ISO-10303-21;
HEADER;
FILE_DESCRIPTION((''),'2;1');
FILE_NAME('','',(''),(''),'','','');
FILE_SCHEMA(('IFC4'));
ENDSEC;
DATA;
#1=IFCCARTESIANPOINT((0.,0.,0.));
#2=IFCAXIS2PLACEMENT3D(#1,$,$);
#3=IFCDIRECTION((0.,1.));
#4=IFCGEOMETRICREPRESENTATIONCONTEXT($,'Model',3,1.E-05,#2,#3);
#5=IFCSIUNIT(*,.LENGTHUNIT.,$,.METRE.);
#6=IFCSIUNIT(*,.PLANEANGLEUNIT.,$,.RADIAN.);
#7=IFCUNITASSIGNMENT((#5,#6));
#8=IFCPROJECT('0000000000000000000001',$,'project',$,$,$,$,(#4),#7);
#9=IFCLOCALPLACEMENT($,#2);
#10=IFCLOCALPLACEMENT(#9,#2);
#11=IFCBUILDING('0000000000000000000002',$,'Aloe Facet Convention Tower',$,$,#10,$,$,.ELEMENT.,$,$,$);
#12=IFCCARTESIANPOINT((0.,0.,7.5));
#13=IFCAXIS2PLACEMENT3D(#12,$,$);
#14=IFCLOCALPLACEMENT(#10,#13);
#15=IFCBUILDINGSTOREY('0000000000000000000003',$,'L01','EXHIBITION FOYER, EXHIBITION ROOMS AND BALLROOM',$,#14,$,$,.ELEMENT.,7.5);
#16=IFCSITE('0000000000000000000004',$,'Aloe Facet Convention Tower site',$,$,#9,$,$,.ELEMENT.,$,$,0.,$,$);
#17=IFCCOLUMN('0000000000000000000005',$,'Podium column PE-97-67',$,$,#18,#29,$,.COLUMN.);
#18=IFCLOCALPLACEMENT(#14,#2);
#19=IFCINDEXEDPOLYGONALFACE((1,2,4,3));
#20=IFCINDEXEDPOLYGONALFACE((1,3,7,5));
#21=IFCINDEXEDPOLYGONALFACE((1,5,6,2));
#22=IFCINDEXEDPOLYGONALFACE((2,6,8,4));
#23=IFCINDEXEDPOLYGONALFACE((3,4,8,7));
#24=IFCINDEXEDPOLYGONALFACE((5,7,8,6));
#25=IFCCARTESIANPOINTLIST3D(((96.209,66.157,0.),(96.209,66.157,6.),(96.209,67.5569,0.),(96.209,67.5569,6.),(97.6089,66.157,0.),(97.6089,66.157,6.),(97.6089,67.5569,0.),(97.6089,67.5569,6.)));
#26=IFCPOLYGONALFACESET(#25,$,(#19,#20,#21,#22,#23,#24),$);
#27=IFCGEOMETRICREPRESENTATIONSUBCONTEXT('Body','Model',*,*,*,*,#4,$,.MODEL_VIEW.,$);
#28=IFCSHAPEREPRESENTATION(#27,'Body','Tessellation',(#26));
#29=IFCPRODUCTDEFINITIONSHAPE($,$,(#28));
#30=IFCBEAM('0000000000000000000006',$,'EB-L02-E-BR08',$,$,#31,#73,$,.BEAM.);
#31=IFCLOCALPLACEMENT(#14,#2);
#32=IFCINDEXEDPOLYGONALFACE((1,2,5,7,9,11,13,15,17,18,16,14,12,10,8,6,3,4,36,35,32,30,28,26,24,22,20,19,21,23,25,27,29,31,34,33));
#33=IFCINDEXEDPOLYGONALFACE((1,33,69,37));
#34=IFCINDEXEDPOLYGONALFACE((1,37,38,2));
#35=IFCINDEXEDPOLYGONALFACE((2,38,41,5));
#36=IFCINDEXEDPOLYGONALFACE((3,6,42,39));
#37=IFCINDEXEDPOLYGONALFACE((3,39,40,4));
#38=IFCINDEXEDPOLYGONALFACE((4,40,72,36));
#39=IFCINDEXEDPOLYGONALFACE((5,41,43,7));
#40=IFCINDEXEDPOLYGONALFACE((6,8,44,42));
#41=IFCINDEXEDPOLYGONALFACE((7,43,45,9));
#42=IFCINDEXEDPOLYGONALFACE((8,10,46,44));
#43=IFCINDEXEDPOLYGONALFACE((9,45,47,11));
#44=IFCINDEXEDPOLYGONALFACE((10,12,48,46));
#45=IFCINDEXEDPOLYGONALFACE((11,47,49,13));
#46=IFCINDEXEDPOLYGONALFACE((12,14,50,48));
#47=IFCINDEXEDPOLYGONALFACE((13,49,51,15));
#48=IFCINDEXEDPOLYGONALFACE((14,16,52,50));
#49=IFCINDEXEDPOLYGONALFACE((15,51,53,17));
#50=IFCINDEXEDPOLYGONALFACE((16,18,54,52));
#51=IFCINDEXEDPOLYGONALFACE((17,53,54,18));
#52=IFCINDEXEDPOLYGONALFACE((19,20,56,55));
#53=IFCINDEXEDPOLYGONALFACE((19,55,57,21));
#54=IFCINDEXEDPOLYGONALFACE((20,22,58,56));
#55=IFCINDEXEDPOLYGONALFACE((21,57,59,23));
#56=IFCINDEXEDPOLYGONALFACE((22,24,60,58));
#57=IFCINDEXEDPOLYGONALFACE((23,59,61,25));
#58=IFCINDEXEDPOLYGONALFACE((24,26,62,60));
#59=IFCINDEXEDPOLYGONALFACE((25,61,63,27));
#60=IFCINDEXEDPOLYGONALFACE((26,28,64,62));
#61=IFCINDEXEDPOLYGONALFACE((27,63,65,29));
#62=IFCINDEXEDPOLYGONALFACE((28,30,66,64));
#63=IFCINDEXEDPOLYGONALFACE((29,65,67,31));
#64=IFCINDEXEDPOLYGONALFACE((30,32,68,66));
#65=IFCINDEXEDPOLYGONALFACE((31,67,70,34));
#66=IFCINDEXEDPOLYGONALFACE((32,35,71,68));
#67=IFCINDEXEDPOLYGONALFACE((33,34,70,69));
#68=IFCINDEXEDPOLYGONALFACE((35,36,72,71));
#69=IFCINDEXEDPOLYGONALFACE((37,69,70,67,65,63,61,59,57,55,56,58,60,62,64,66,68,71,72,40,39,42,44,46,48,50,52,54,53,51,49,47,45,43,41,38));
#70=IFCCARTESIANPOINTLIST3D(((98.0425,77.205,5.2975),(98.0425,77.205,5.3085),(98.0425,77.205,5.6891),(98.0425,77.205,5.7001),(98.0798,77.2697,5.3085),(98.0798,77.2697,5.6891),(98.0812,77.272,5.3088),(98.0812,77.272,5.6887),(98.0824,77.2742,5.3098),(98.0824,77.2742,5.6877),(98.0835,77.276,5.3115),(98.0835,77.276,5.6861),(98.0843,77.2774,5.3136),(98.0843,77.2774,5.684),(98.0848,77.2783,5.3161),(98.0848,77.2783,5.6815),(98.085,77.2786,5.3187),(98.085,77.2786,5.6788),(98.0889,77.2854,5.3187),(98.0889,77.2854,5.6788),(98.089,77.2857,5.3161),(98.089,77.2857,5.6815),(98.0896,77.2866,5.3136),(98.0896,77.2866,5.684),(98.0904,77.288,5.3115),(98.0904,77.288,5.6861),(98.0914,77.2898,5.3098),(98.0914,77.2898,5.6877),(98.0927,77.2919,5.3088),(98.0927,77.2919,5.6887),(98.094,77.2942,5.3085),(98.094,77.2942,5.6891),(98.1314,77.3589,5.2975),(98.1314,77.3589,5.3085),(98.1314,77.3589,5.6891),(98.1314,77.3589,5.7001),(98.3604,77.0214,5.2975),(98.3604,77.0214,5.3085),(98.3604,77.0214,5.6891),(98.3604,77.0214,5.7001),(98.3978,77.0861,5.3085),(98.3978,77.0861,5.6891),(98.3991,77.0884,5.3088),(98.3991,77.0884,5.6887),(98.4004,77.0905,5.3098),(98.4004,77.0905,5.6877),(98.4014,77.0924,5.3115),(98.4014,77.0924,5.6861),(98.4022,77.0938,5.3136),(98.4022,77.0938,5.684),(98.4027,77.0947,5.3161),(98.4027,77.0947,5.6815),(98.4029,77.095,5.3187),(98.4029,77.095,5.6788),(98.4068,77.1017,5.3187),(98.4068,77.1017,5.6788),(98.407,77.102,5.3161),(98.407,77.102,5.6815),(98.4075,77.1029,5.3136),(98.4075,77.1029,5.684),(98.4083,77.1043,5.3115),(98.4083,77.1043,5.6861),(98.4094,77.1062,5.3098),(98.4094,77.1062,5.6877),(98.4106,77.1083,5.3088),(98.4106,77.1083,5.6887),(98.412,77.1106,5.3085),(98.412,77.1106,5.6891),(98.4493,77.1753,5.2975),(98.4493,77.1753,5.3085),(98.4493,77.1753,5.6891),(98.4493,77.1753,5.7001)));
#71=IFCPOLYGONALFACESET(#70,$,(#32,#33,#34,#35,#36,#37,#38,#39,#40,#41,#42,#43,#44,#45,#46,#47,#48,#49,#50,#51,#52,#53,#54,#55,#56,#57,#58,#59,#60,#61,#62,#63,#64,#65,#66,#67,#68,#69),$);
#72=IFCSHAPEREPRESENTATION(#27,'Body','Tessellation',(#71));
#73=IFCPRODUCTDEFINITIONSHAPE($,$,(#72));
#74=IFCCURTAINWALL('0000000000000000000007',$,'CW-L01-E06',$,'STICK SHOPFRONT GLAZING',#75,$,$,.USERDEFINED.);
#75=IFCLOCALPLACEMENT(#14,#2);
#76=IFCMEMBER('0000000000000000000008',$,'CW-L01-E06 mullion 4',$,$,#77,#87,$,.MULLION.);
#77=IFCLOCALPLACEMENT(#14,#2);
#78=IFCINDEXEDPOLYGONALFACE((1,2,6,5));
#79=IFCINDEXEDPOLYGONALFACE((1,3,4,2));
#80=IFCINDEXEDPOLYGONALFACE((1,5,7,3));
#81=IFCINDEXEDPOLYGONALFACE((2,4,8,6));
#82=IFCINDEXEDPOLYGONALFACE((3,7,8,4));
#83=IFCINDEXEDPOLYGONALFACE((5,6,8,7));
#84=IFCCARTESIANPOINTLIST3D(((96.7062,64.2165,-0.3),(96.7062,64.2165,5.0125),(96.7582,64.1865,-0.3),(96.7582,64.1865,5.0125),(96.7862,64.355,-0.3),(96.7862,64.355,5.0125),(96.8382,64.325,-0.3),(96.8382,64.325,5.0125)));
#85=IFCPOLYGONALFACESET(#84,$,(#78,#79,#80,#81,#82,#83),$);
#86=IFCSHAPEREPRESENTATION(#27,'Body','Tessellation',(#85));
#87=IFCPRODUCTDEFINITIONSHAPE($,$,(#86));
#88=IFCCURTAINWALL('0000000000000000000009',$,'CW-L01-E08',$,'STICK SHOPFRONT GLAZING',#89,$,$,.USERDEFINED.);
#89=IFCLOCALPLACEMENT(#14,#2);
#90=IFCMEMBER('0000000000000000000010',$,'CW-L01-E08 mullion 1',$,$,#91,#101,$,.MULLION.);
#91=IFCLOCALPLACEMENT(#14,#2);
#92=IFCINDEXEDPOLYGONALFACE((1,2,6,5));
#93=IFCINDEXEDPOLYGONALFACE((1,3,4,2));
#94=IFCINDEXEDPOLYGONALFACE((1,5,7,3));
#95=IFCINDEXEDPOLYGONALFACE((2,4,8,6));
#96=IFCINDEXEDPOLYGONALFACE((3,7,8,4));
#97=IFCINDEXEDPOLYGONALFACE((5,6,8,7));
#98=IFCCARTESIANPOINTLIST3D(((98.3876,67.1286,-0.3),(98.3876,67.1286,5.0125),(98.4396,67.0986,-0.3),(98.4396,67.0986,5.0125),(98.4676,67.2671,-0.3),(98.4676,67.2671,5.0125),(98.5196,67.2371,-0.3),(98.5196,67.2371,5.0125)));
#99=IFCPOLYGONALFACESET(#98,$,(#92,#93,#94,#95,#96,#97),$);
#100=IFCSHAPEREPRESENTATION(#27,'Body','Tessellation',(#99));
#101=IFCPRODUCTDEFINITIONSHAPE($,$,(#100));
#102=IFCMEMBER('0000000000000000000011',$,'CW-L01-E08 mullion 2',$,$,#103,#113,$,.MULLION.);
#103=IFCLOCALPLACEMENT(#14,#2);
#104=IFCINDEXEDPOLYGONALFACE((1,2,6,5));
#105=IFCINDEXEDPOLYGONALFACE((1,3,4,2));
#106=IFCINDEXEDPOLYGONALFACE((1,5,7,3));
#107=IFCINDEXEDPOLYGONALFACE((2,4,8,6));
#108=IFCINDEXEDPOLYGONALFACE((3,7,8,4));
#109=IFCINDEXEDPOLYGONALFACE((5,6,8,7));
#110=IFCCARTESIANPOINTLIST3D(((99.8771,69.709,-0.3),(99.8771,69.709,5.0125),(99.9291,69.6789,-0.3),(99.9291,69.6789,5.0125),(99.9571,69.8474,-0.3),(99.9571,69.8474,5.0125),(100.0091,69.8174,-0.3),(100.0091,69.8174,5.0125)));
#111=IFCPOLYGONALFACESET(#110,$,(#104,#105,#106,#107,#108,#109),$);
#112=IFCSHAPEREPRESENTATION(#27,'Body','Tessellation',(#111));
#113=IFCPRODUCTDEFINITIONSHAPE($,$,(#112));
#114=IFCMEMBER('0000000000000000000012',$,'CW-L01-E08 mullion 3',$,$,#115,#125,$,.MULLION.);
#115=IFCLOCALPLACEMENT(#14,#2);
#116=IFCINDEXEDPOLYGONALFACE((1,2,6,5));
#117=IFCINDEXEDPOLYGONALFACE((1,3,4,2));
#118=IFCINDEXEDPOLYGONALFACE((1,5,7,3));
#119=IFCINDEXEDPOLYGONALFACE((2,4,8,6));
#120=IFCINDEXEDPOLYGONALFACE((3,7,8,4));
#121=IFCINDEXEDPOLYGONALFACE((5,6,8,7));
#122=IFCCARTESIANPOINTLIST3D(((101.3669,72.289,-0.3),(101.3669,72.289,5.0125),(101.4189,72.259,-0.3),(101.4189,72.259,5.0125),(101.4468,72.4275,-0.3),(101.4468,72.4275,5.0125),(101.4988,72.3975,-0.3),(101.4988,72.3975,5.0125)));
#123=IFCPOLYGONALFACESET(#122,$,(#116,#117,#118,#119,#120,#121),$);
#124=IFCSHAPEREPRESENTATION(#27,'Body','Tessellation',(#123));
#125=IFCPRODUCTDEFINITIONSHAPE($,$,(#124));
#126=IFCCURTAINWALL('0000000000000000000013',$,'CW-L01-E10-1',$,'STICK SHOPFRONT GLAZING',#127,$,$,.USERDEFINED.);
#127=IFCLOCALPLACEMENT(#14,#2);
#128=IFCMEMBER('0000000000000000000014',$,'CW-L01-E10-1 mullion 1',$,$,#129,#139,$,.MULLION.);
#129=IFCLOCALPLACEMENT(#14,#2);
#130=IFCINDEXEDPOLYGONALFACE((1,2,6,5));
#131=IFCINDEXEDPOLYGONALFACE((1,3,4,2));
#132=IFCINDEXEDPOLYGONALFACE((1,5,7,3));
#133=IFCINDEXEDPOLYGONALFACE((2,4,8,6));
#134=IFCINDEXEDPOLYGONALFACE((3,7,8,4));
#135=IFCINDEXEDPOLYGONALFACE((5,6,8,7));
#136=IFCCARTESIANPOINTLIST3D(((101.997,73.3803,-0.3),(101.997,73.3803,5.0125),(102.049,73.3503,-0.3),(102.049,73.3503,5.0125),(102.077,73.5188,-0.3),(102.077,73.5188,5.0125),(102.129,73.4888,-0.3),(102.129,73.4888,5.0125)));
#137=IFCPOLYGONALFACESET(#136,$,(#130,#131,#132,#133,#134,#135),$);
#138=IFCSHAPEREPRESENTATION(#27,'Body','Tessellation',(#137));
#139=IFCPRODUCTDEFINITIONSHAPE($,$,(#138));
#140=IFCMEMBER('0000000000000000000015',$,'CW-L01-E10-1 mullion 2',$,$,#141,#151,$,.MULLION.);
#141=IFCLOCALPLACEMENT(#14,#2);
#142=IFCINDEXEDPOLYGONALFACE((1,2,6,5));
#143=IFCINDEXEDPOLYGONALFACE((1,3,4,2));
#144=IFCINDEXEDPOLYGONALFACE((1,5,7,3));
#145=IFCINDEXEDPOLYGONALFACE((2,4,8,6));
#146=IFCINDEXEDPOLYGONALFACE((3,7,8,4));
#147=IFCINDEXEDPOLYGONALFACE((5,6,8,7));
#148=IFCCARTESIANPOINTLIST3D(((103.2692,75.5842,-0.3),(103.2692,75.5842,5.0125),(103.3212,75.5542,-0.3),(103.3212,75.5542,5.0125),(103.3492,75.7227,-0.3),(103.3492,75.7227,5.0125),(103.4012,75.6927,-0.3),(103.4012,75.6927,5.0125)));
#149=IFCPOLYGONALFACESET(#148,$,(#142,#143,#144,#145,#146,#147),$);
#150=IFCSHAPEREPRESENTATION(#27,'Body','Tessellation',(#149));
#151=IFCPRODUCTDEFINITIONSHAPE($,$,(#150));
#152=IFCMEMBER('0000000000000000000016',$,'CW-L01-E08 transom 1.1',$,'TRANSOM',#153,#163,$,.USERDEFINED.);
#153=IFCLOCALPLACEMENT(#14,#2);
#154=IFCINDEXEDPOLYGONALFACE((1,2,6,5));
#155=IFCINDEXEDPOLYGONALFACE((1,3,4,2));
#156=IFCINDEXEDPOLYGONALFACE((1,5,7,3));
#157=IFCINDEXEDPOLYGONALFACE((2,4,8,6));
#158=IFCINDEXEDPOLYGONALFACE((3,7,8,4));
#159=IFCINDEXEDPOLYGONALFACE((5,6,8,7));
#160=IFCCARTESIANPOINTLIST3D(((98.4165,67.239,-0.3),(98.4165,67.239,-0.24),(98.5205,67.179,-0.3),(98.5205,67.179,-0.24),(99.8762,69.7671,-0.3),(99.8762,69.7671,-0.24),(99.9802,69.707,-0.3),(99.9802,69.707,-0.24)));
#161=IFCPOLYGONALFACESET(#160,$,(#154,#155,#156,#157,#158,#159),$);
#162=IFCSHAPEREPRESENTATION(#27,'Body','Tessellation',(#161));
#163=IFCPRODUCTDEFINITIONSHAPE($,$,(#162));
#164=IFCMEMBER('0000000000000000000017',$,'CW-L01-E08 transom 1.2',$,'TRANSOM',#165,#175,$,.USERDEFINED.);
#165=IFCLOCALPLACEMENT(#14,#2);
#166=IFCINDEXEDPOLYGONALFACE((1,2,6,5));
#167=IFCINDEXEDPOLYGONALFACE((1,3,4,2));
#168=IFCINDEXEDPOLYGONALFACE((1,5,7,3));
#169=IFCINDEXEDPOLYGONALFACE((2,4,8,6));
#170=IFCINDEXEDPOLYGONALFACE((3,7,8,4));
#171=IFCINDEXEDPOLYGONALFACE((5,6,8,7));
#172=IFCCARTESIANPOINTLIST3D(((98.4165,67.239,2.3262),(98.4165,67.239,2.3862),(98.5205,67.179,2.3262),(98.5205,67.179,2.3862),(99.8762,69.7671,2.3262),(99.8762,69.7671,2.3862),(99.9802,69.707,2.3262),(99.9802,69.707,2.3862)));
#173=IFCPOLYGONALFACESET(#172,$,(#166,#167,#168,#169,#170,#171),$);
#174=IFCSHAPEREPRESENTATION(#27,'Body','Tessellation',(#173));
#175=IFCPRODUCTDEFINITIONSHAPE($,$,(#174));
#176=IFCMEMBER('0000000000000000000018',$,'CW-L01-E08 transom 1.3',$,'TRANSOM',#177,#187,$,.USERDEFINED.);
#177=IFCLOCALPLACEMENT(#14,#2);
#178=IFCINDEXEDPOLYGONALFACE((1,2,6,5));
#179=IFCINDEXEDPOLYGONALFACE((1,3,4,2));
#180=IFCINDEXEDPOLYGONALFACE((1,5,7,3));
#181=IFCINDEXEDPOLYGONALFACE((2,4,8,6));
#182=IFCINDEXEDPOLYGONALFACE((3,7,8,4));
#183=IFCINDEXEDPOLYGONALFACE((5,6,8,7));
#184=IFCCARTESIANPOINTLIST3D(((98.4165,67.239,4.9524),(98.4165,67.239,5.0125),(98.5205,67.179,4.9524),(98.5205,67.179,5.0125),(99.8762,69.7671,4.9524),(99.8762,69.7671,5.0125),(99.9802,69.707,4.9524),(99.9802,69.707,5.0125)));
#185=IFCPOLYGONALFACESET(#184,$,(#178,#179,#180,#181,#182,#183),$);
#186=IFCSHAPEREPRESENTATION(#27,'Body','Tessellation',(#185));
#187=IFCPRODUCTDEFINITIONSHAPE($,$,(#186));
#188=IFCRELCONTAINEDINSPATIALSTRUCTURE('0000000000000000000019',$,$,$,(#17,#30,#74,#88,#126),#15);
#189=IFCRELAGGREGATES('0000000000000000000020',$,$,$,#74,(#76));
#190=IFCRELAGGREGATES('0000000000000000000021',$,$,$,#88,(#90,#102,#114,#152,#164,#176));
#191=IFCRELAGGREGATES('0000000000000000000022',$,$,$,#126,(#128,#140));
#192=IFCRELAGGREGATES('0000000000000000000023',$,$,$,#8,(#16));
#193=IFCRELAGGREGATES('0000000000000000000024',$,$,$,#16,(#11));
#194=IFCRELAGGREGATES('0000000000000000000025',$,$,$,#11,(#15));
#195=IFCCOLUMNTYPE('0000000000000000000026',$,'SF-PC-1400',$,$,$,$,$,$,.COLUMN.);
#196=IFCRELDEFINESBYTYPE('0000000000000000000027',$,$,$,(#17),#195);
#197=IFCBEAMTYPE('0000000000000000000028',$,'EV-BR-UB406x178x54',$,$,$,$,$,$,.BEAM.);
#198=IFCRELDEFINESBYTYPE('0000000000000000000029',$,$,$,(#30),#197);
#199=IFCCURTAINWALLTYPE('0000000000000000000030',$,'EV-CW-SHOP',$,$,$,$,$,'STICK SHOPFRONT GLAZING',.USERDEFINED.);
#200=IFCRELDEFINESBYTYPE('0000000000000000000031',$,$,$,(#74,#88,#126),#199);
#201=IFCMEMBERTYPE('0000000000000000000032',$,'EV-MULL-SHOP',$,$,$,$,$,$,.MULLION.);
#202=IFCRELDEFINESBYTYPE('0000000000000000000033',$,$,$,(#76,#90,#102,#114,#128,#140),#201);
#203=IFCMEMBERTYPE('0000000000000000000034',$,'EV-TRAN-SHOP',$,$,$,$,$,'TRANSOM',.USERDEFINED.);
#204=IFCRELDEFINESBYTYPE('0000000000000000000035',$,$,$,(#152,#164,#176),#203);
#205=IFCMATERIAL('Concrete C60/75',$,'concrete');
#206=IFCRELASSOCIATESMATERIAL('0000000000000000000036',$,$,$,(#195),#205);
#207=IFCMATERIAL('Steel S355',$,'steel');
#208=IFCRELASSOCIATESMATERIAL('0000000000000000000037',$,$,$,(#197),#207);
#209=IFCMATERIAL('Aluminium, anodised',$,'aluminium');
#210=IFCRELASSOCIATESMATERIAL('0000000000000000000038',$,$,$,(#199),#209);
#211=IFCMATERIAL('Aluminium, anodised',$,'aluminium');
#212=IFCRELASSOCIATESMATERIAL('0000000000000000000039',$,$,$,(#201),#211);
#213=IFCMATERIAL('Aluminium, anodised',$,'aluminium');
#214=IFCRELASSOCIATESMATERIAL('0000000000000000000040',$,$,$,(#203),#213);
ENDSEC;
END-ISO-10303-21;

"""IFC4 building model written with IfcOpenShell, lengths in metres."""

from ifc_helpers import new_model, si_unit, direction, frame, origin, origin_2d, place, context, subcontext, project, spatial, rectangle, i_section, extrude, material, material_profile, profile_set, type_object, element, aggregate, save


model = new_model("IFC4")

# Units and contexts
model_context = context("Model", 3, precision=1e-05, world=origin(), true_north=direction((0.0, 1.0)))
body_context = subcontext(model_context, "Body", "Model", "MODEL_VIEW")
ifc_project = project(units=[si_unit("LENGTHUNIT", "METRE"), si_unit("PLANEANGLEUNIT", "RADIAN")], contexts=[model_context])

# Site, building, storey
site_placement = place(None, origin())
site = spatial("IfcSite", under=ifc_project, at=site_placement, Name="Aloe Facet Convention Tower site", CompositionType="ELEMENT", RefElevation=0.0)
building_placement = place(site_placement, origin())
building = spatial("IfcBuilding", under=site, at=building_placement, Name="Aloe Facet Convention Tower", CompositionType="ELEMENT")
storey_placement = place(building_placement, frame((0.0, 0.0, 7.5)))
storey = spatial("IfcBuildingStorey", under=building, at=storey_placement, Name="L01", Description="EXHIBITION FOYER, EXHIBITION ROOMS AND BALLROOM", CompositionType="ELEMENT", Elevation=7.5)

# Column
ifc_material_1 = material(Name="Concrete C60/75", Category="concrete")
ifc_material_profile_1 = material_profile(ifc_material_1, rectangle(XDim=1.3999, YDim=1.3999, at=origin_2d()), Name="SF-PC-1400")
ifc_profile_set_1 = profile_set([ifc_material_profile_1], Name="Concrete C60/75")
column_type = type_object("IfcColumnType", Name="SF-PC-1400", PredefinedType="COLUMN", material=ifc_profile_set_1)
column_placement = place(storey_placement, frame((96.9089, 66.8569, 0.0), z_axis=(0.0, 0.0, 1.0), x_axis=(1.0, 0.0, 0.0)))
element("IfcColumn", 1, at=column_placement, inside=storey, type_object=column_type, Name="Podium column PE-97-67", PredefinedType="COLUMN", context=body_context, shape_type="SweptSolid", body=[
    extrude(rectangle(XDim=1.3999, YDim=1.3999, at=origin_2d()), origin(), (0.0, 0.0, 1.0), 6.0),
])

# Beam
ifc_material_2 = material(Name="Steel S355", Category="steel")
ifc_material_profile_2 = material_profile(ifc_material_2, i_section(OverallWidth=0.1777, OverallDepth=0.4026, WebThickness=0.0078, FlangeThickness=0.011, FilletRadius=0.0103, at=origin_2d()), Name="UB 406x178x54")
ifc_profile_set_2 = profile_set([ifc_material_profile_2], Name="Steel S355")
beam_type_1 = type_object("IfcBeamType", Name="EV-BR-UB406x178x54", PredefinedType="BEAM", material=ifc_profile_set_2)
beam_1_placement = place(storey_placement, frame((98.0869, 77.282, 5.4988), z_axis=(0.865942, -0.500145, 0.0), x_axis=(0.500145, 0.865942, 0.0)))
element("IfcBeam", 2, at=beam_1_placement, inside=storey, type_object=beam_type_1, Name="EB-L02-E-BR08", PredefinedType="BEAM", context=body_context, shape_type="SweptSolid", body=[
    extrude(i_section(OverallWidth=0.1777, OverallDepth=0.4026, WebThickness=0.0078, FlangeThickness=0.011, FilletRadius=0.0103, at=origin_2d()), origin(), (0.0, 0.0, 1.0), 0.3672),
])

# Curtain wall, member
ifc_material_3 = material(Name="Aluminium, anodised", Category="aluminium")
curtain_wall_type = type_object("IfcCurtainWallType", Name="EV-CW-SHOP", ElementType="STICK SHOPFRONT GLAZING", PredefinedType="USERDEFINED", material=ifc_material_3)
curtain_wall_1_placement = place(storey_placement, origin())
curtain_wall_1 = element("IfcCurtainWall", 3, at=curtain_wall_1_placement, inside=storey, type_object=curtain_wall_type, Name="CW-L01-E06", ObjectType="STICK SHOPFRONT GLAZING", PredefinedType="USERDEFINED")
ifc_material_4 = material(Name="Aluminium, anodised", Category="aluminium")
ifc_material_profile_3 = material_profile(ifc_material_4, rectangle(XDim=0.0601, YDim=0.1599, at=origin_2d()), Name="AL 60x160")
ifc_profile_set_3 = profile_set([ifc_material_profile_3], Name="Aluminium, anodised")
member_type_1 = type_object("IfcMemberType", Name="EV-MULL-SHOP", PredefinedType="MULLION", material=ifc_profile_set_3)
member_1_placement = place(storey_placement, frame((96.7722, 64.2708, -0.3), z_axis=(0.0, 0.0, 1.0), x_axis=(-0.866025, 0.5, 0.0)))
member_1 = element("IfcMember", 4, at=member_1_placement, type_object=member_type_1, Name="CW-L01-E06 mullion 4", PredefinedType="MULLION", context=body_context, shape_type="SweptSolid", body=[
    extrude(rectangle(XDim=0.0601, YDim=0.1599, at=origin_2d()), origin(), (0.0, 0.0, 1.0), 5.3125),
])
aggregate(curtain_wall_1, [member_1])

# Curtain walls, members
curtain_wall_2_placement = place(storey_placement, origin())
curtain_wall_2 = element("IfcCurtainWall", 5, at=curtain_wall_2_placement, inside=storey, type_object=curtain_wall_type, Name="CW-L01-E08", ObjectType="STICK SHOPFRONT GLAZING", PredefinedType="USERDEFINED")
member_2_placement = place(storey_placement, frame((98.4536, 67.1829, -0.3), z_axis=(0.0, 0.0, 1.0), x_axis=(-0.866025, 0.5, 0.0)))
member_2 = element("IfcMember", 6, at=member_2_placement, type_object=member_type_1, Name="CW-L01-E08 mullion 1", PredefinedType="MULLION", context=body_context, shape_type="SweptSolid", body=[
    extrude(rectangle(XDim=0.0601, YDim=0.1599, at=origin_2d()), origin(), (0.0, 0.0, 1.0), 5.3125),
])
member_3_placement = place(storey_placement, frame((99.9431, 69.7632, -0.3), z_axis=(0.0, 0.0, 1.0), x_axis=(-0.866025, 0.5, 0.0)))
member_3 = element("IfcMember", 7, at=member_3_placement, type_object=member_type_1, Name="CW-L01-E08 mullion 2", PredefinedType="MULLION", context=body_context, shape_type="SweptSolid", body=[
    extrude(rectangle(XDim=0.0601, YDim=0.1599, at=origin_2d()), origin(), (0.0, 0.0, 1.0), 5.3125),
])
member_4_placement = place(storey_placement, frame((101.4329, 72.3433, -0.3), z_axis=(0.0, 0.0, 1.0), x_axis=(-0.866025, 0.5, 0.0)))
member_4 = element("IfcMember", 8, at=member_4_placement, type_object=member_type_1, Name="CW-L01-E08 mullion 3", PredefinedType="MULLION", context=body_context, shape_type="SweptSolid", body=[
    extrude(rectangle(XDim=0.0601, YDim=0.1599, at=origin_2d()), origin(), (0.0, 0.0, 1.0), 5.3125),
])
curtain_wall_3_placement = place(storey_placement, origin())
curtain_wall_3 = element("IfcCurtainWall", 9, at=curtain_wall_3_placement, inside=storey, type_object=curtain_wall_type, Name="CW-L01-E10-1", ObjectType="STICK SHOPFRONT GLAZING", PredefinedType="USERDEFINED")
member_5_placement = place(storey_placement, frame((102.063, 73.4346, -0.3), z_axis=(0.0, 0.0, 1.0), x_axis=(-0.866025, 0.5, 0.0)))
member_5 = element("IfcMember", 10, at=member_5_placement, type_object=member_type_1, Name="CW-L01-E10-1 mullion 1", PredefinedType="MULLION", context=body_context, shape_type="SweptSolid", body=[
    extrude(rectangle(XDim=0.0601, YDim=0.1599, at=origin_2d()), origin(), (0.0, 0.0, 1.0), 5.3125),
])
member_6_placement = place(storey_placement, frame((103.3352, 75.6384, -0.3), z_axis=(0.0, 0.0, 1.0), x_axis=(-0.866025, 0.5, 0.0)))
member_6 = element("IfcMember", 11, at=member_6_placement, type_object=member_type_1, Name="CW-L01-E10-1 mullion 2", PredefinedType="MULLION", context=body_context, shape_type="SweptSolid", body=[
    extrude(rectangle(XDim=0.0601, YDim=0.1599, at=origin_2d()), origin(), (0.0, 0.0, 1.0), 5.3125),
])

# Members
ifc_material_5 = material(Name="Aluminium, anodised", Category="aluminium")
ifc_material_profile_4 = material_profile(ifc_material_5, rectangle(XDim=0.1201, YDim=0.0601, at=origin_2d()), Name="AL 120x60")
ifc_profile_set_4 = profile_set([ifc_material_profile_4], Name="Aluminium, anodised")
member_type_2 = type_object("IfcMemberType", Name="EV-TRAN-SHOP", ElementType="TRANSOM", PredefinedType="USERDEFINED", material=ifc_profile_set_4)
member_7_placement = place(storey_placement, frame((98.4685, 67.209, -0.27), z_axis=(0.500034, 0.866006, 0.0), x_axis=(-0.866006, 0.500034, 0.0)))
member_7 = element("IfcMember", 12, at=member_7_placement, type_object=member_type_2, Name="CW-L01-E08 transom 1.1", ObjectType="TRANSOM", PredefinedType="USERDEFINED", context=body_context, shape_type="SweptSolid", body=[
    extrude(rectangle(XDim=0.1201, YDim=0.0601, at=origin_2d()), origin(), (0.0, 0.0, 1.0), 2.9192),
])
member_8_placement = place(storey_placement, frame((98.4685, 67.209, 2.3562), z_axis=(0.500034, 0.866006, 0.0), x_axis=(-0.866006, 0.500034, 0.0)))
member_8 = element("IfcMember", 13, at=member_8_placement, type_object=member_type_2, Name="CW-L01-E08 transom 1.2", ObjectType="TRANSOM", PredefinedType="USERDEFINED", context=body_context, shape_type="SweptSolid", body=[
    extrude(rectangle(XDim=0.1201, YDim=0.0601, at=origin_2d()), origin(), (0.0, 0.0, 1.0), 2.9192),
])
member_9_placement = place(storey_placement, frame((98.4685, 67.209, 4.9824), z_axis=(0.500034, 0.866006, 0.0), x_axis=(-0.866006, 0.500034, 0.0)))
member_9 = element("IfcMember", 14, at=member_9_placement, type_object=member_type_2, Name="CW-L01-E08 transom 1.3", ObjectType="TRANSOM", PredefinedType="USERDEFINED", context=body_context, shape_type="SweptSolid", body=[
    extrude(rectangle(XDim=0.1201, YDim=0.0601, at=origin_2d()), origin(), (0.0, 0.0, 1.0), 2.9192),
])

aggregate(curtain_wall_2, [member_2, member_3, member_4, member_7, member_8, member_9])
aggregate(curtain_wall_3, [member_5, member_6])

save(model, "model.ifc")
